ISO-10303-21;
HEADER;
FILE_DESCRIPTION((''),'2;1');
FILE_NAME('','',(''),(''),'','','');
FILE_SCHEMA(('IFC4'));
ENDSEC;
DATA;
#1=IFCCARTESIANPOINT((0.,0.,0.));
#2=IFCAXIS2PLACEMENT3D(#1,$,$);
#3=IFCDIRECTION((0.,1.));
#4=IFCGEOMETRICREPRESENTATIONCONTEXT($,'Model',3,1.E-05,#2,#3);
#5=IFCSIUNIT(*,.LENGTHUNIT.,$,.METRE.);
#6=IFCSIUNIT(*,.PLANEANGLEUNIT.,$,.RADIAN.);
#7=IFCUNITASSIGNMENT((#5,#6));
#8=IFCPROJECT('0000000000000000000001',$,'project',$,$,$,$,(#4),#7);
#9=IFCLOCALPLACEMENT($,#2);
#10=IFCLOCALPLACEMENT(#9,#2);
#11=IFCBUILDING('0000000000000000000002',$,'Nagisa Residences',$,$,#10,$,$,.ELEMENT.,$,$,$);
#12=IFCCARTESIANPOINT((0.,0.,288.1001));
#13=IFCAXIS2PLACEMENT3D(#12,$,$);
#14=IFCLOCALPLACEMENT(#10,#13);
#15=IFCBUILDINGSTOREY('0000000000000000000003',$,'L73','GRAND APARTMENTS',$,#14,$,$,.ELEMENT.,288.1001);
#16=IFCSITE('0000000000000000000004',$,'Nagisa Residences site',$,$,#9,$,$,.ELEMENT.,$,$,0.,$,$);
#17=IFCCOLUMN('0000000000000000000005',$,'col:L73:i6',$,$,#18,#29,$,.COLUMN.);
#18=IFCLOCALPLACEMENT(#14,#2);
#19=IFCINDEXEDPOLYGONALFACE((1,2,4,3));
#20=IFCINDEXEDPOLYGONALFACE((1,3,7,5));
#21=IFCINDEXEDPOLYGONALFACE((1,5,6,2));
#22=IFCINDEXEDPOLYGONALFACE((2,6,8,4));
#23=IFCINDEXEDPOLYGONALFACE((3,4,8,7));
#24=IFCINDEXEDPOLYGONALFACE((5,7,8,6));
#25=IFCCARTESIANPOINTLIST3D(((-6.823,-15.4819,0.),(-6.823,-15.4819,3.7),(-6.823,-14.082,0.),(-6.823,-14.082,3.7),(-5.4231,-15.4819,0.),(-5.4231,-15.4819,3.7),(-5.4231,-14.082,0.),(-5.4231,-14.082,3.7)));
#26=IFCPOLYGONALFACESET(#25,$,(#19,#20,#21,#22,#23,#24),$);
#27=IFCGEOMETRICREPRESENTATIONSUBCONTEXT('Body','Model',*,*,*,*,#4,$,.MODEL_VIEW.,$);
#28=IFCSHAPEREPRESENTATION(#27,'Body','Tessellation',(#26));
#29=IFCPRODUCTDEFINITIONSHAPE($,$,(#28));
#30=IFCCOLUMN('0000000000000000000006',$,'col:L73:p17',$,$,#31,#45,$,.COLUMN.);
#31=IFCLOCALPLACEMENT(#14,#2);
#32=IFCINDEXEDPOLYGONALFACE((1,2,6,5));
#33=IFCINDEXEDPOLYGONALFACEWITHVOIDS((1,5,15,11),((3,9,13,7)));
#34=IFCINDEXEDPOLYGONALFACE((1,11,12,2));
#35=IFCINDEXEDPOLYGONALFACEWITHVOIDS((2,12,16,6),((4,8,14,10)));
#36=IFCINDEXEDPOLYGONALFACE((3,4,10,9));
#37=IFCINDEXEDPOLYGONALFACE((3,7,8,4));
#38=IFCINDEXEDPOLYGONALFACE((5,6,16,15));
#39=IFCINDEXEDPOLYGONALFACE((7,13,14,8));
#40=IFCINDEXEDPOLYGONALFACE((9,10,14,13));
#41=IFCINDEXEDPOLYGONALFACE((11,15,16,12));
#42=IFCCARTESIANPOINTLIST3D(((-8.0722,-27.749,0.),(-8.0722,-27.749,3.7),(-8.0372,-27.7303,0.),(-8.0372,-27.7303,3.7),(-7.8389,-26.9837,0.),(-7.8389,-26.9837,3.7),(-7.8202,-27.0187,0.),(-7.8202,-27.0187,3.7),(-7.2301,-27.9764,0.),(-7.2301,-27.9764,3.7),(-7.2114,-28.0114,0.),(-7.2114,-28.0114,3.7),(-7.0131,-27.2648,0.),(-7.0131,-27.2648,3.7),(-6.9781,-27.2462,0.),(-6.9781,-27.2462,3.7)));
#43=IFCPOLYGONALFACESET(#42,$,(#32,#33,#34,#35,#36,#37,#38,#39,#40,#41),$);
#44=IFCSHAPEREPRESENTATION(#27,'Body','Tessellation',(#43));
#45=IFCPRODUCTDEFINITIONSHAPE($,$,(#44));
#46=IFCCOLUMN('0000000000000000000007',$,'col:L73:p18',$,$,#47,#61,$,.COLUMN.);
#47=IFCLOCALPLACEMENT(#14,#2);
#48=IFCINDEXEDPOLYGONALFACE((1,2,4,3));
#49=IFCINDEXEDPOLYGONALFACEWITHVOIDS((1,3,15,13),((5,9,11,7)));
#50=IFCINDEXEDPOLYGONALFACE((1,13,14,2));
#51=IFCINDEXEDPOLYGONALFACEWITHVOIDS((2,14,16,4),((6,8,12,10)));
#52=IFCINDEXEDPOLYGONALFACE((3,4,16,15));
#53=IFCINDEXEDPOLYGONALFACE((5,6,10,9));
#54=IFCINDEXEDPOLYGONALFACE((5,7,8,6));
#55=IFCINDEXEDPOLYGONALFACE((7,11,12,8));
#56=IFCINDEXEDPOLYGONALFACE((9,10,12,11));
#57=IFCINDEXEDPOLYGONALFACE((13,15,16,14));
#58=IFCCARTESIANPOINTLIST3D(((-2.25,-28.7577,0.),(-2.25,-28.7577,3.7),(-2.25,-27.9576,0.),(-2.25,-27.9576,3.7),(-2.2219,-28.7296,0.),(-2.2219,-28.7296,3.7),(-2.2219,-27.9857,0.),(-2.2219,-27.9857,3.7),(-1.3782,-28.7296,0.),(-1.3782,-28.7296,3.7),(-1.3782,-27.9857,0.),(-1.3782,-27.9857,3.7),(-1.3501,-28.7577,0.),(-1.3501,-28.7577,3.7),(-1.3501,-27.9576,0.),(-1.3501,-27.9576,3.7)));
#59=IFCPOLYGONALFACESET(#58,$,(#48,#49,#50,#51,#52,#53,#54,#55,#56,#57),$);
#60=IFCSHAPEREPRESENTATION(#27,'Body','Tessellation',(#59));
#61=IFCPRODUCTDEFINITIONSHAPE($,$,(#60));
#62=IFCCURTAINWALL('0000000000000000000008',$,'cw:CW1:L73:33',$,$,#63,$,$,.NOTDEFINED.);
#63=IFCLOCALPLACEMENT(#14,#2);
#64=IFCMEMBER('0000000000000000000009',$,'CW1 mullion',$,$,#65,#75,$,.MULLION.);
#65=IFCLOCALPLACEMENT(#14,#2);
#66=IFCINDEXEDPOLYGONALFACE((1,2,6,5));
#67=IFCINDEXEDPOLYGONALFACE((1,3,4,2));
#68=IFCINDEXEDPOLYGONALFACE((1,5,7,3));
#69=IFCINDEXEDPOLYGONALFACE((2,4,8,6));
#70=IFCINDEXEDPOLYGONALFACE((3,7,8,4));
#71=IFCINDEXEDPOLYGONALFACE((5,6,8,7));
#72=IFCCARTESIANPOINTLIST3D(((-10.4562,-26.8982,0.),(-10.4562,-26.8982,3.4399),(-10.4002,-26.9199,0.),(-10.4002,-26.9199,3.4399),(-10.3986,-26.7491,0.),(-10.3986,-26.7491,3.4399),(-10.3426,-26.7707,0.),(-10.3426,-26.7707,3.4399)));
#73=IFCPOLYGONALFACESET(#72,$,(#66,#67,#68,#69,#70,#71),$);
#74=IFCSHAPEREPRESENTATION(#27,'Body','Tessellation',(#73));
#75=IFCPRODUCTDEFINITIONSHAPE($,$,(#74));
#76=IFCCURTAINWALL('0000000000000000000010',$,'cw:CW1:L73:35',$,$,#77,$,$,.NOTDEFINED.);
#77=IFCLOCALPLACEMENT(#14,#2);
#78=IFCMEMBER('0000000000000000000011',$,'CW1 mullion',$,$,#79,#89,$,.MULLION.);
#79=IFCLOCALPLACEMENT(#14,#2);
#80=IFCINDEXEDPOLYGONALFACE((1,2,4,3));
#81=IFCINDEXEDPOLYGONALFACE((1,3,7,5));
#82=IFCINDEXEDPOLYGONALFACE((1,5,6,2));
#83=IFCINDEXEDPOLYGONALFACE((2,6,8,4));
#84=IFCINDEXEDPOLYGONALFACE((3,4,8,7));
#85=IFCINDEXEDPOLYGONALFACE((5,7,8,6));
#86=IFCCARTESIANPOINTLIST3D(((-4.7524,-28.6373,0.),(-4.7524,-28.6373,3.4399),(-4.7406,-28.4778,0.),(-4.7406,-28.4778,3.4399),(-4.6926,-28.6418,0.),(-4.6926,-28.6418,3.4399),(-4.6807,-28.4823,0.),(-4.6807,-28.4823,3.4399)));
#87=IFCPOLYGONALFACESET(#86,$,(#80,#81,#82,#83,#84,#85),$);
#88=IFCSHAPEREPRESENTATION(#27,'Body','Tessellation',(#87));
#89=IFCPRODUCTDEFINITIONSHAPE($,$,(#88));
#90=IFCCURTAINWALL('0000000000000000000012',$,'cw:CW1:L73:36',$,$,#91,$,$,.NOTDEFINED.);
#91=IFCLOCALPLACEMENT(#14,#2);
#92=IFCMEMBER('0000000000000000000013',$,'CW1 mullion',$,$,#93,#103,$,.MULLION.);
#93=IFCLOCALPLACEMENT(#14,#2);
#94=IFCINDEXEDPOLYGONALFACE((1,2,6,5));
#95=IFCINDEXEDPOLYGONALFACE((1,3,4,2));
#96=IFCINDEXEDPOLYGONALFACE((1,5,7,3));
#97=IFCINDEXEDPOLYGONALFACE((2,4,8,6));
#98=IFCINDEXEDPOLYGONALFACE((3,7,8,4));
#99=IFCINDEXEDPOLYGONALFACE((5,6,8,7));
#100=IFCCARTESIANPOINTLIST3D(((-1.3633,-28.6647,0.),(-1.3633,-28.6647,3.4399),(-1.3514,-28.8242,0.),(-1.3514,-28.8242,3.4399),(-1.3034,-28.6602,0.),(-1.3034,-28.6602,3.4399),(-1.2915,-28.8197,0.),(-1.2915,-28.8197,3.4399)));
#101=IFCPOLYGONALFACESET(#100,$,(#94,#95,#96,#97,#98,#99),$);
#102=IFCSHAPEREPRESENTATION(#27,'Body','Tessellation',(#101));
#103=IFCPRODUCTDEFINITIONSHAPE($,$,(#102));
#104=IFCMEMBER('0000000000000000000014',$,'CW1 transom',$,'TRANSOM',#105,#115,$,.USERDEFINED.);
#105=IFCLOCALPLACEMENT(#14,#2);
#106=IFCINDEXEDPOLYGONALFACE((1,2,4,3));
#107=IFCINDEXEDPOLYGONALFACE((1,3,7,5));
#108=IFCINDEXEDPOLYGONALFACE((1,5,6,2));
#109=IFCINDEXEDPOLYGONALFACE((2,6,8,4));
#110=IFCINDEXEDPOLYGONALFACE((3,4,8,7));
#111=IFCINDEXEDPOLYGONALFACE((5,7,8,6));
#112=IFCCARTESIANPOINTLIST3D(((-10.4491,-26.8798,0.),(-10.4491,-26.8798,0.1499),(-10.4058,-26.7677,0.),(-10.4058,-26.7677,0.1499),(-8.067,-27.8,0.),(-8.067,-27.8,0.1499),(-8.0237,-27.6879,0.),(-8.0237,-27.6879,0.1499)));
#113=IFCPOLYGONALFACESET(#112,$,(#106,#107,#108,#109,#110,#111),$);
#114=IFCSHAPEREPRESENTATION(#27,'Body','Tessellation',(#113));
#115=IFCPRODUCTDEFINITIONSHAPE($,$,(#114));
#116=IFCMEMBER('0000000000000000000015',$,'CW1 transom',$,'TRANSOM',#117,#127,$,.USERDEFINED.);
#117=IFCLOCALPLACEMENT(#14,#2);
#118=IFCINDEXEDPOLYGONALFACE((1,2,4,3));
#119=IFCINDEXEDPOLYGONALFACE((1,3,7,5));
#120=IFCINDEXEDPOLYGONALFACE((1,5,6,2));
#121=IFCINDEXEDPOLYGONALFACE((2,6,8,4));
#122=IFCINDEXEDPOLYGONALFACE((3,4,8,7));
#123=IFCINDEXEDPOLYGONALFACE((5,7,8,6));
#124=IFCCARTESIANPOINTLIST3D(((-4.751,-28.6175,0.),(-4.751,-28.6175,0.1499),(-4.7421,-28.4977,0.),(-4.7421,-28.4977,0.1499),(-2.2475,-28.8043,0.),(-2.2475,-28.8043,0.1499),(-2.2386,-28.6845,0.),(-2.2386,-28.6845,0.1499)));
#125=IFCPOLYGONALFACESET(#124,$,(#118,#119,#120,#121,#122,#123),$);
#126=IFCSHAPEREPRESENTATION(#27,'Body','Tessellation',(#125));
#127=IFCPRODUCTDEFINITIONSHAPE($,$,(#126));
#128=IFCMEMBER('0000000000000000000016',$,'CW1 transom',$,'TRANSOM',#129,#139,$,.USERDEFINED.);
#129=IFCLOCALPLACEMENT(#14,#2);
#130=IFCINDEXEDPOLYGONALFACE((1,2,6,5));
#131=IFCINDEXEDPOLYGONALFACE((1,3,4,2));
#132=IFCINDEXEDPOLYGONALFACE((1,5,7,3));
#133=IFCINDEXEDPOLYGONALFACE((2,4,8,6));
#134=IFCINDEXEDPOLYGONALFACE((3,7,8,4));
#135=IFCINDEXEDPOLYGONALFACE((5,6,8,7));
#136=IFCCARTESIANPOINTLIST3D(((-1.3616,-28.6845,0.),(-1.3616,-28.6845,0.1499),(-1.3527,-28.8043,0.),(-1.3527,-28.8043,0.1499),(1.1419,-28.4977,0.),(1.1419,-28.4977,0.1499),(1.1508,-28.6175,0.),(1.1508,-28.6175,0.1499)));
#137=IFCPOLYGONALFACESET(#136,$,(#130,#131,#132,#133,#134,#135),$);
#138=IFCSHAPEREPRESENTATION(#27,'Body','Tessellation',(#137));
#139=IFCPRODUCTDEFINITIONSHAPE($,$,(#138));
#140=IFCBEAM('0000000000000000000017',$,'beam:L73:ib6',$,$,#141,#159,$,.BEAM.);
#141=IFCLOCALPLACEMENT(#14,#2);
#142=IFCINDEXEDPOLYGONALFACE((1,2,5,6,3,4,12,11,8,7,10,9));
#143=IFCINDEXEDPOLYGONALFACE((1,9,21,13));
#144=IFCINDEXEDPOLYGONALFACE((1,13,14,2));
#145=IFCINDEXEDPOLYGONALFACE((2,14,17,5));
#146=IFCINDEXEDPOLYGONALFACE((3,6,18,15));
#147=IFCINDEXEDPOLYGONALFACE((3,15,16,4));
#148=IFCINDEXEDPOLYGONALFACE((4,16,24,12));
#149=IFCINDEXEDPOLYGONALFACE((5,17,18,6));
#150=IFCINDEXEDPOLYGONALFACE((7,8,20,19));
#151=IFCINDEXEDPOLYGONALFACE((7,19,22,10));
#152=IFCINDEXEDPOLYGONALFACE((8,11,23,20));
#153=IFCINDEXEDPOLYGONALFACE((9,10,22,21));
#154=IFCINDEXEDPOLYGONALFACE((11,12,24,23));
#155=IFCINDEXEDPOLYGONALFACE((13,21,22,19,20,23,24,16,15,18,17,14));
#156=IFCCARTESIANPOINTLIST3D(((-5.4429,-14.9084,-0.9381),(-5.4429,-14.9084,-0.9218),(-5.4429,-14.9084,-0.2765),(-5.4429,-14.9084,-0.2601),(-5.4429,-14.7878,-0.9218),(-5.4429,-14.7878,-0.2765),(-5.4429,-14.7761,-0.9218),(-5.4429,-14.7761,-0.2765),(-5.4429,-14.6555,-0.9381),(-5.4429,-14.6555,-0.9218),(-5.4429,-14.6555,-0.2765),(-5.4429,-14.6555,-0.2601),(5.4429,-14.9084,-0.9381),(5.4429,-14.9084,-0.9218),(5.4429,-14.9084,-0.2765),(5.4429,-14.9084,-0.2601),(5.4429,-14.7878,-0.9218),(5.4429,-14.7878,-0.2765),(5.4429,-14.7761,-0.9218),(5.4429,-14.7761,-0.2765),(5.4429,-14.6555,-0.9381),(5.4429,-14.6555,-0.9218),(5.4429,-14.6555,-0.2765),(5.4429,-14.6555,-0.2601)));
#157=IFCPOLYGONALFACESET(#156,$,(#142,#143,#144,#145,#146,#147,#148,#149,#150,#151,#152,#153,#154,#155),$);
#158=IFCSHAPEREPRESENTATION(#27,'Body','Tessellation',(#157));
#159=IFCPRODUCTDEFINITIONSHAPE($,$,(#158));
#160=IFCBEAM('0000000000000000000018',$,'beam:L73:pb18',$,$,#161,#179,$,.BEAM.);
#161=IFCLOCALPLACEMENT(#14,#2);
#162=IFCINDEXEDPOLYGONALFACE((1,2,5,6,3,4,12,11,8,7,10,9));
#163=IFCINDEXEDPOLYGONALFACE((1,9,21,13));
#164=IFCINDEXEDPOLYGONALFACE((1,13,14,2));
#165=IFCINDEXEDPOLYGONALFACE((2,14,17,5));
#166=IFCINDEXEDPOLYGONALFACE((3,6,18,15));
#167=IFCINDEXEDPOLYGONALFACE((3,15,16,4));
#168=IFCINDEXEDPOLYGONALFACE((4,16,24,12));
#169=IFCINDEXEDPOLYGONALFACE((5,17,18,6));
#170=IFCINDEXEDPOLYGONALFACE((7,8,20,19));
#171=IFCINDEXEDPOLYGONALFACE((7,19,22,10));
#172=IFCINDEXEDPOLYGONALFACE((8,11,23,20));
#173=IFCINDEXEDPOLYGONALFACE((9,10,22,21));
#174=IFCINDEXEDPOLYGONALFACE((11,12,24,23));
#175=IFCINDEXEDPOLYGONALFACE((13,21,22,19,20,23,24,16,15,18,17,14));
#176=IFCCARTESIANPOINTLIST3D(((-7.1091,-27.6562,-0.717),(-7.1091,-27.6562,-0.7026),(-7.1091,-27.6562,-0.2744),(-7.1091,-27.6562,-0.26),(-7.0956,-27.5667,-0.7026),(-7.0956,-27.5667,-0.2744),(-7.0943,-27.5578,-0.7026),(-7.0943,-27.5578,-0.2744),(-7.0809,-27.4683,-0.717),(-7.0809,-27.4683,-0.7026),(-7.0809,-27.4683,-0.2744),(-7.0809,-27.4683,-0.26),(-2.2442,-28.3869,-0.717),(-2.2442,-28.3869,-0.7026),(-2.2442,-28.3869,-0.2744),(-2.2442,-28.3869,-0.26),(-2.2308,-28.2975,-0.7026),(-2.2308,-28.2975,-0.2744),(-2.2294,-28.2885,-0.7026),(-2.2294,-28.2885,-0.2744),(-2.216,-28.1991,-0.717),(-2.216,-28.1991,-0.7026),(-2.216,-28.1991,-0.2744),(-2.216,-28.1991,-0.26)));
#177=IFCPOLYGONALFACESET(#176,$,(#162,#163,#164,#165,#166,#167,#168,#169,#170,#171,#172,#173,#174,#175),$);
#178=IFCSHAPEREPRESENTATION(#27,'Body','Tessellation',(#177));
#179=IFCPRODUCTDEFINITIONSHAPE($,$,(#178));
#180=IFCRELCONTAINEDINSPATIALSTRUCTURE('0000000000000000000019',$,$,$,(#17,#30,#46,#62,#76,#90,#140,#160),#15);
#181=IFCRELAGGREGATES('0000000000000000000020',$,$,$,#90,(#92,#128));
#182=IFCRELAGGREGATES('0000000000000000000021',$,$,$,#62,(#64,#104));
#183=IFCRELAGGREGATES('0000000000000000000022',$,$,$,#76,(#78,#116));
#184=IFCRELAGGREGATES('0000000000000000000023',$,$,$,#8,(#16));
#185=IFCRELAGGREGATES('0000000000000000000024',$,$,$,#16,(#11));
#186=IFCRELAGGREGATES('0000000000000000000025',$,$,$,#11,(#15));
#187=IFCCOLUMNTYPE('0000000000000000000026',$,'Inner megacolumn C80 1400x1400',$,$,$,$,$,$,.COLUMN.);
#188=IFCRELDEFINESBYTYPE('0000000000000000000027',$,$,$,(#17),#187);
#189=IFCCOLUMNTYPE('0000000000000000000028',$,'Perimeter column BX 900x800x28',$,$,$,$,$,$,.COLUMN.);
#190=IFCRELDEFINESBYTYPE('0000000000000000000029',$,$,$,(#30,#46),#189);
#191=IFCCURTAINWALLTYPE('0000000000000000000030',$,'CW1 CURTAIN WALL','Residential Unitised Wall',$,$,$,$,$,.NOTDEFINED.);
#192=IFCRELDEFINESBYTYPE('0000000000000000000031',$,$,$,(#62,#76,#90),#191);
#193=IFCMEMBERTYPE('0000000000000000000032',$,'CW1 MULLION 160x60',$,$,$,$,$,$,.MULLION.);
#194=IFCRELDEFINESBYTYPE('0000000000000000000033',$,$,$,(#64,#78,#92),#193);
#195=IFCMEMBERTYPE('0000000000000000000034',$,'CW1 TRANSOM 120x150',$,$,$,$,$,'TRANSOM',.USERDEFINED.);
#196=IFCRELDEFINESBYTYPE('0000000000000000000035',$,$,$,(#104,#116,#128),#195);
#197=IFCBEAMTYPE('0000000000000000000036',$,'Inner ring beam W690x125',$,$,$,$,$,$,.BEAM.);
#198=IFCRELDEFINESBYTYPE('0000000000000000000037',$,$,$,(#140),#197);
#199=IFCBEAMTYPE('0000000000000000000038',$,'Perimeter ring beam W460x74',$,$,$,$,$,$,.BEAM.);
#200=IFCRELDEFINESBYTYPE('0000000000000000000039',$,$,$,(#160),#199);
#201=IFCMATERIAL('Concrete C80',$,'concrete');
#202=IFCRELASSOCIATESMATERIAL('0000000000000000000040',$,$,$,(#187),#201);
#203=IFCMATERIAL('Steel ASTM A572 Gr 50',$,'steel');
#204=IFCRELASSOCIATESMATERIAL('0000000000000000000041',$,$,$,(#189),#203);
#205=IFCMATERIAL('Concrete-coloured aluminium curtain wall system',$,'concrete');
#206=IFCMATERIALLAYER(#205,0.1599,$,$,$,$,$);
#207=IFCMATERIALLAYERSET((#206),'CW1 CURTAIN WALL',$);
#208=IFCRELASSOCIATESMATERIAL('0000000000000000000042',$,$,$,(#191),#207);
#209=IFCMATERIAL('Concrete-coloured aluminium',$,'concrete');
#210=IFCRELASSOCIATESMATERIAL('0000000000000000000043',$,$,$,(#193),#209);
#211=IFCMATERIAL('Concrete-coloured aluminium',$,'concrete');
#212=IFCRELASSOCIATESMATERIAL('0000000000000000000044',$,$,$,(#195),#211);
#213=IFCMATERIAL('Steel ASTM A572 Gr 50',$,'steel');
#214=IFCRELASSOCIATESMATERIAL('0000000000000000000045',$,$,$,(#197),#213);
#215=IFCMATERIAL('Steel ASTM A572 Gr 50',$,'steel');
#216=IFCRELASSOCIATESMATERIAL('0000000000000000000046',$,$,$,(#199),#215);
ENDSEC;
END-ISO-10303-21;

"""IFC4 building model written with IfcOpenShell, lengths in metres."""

from ifc_helpers import new_model, si_unit, direction, frame, origin, origin_2d, place, context, subcontext, project, spatial, rectangle, hollow_rectangle, i_section, extrude, material, layer, layer_set, material_profile, profile_set, type_object, element, aggregate, save


model = new_model("IFC4")

# Units and contexts
model_context = context("Model", 3, precision=1e-05, world=origin(), true_north=direction((0.0, 1.0)))
body_context = subcontext(model_context, "Body", "Model", "MODEL_VIEW")
ifc_project = project(units=[si_unit("LENGTHUNIT", "METRE"), si_unit("PLANEANGLEUNIT", "RADIAN")], contexts=[model_context])

# Site, building, storey
site_placement = place(None, origin())
site = spatial("IfcSite", under=ifc_project, at=site_placement, Name="Nagisa Residences site", CompositionType="ELEMENT", RefElevation=0.0)
building_placement = place(site_placement, origin())
building = spatial("IfcBuilding", under=site, at=building_placement, Name="Nagisa Residences", CompositionType="ELEMENT")
storey_placement = place(building_placement, frame((0.0, 0.0, 288.1001)))
storey = spatial("IfcBuildingStorey", under=building, at=storey_placement, Name="L73", Description="GRAND APARTMENTS", CompositionType="ELEMENT", Elevation=288.1001)

# Columns
ifc_material_1 = material(Name="Concrete C80", Category="concrete")
ifc_material_profile_1 = material_profile(ifc_material_1, rectangle(XDim=1.3999, YDim=1.3999, at=origin_2d()), Name="C80 1400x1400")
ifc_profile_set_1 = profile_set([ifc_material_profile_1], Name="Concrete C80")
column_type_1 = type_object("IfcColumnType", Name="Inner megacolumn C80 1400x1400", PredefinedType="COLUMN", material=ifc_profile_set_1)
column_placement = place(storey_placement, frame((-6.123, -14.782, 0.0), z_axis=(0.0, 0.0, 1.0), x_axis=(1.0, 0.0, 0.0)))
element("IfcColumn", 1, at=column_placement, inside=storey, type_object=column_type_1, Name="col:L73:i6", PredefinedType="COLUMN", context=body_context, shape_type="SweptSolid", body=[
    extrude(rectangle(XDim=1.3999, YDim=1.3999, at=origin_2d()), origin(), (0.0, 0.0, 1.0), 3.7),
])
ifc_material_2 = material(Name="Steel ASTM A572 Gr 50", Category="steel")
ifc_material_profile_2 = material_profile(ifc_material_2, hollow_rectangle(XDim=0.8999, YDim=0.8, WallThickness=0.0281, at=origin_2d()), Name="BX 900x800x28")
ifc_profile_set_2 = profile_set([ifc_material_profile_2], Name="Steel ASTM A572 Gr 50")
column_type_2 = type_object("IfcColumnType", Name="Perimeter column BX 900x800x28", PredefinedType="COLUMN", material=ifc_profile_set_2)
for number, where, z_axis, x_axis, name in (
    (2, (-7.5251, -27.4976, 0.0), (0.0, 0.0, 1.0), (0.956525, -0.291652, 0.0), "col:L73:p17"),
    (3, (-1.8, -28.3577, 0.0), (0.0, 0.0, 1.0), (1.0, 0.0, 0.0), "col:L73:p18"),
):
    element("IfcColumn", number, at=place(storey_placement, frame(where, z_axis=z_axis, x_axis=x_axis)), inside=storey, type_object=column_type_2, Name=name, PredefinedType="COLUMN", context=body_context, shape_type="SweptSolid", body=[
        extrude(hollow_rectangle(XDim=0.8999, YDim=0.8, WallThickness=0.0281, at=origin_2d()), origin(), (0.0, 0.0, 1.0), 3.7),
    ])

# Curtain walls, members
ifc_material_3 = material(Name="Concrete-coloured aluminium curtain wall system", Category="concrete")
ifc_layer_1 = layer(ifc_material_3, 0.1599)
ifc_layer_set_1 = layer_set([ifc_layer_1], Name="CW1 CURTAIN WALL")
curtain_wall_type = type_object("IfcCurtainWallType", Name="CW1 CURTAIN WALL", Description="Residential Unitised Wall", PredefinedType="NOTDEFINED", material=ifc_layer_set_1)
curtain_wall_1_placement = place(storey_placement, origin())
curtain_wall_1 = element("IfcCurtainWall", 4, at=curtain_wall_1_placement, inside=storey, type_object=curtain_wall_type, Name="cw:CW1:L73:33", PredefinedType="NOTDEFINED")
ifc_material_4 = material(Name="Concrete-coloured aluminium", Category="concrete")
ifc_material_profile_3 = material_profile(ifc_material_4, rectangle(XDim=0.1599, YDim=0.0601, at=origin_2d()), Name="CW1 MULLION 160x60")
ifc_profile_set_3 = profile_set([ifc_material_profile_3], Name="Concrete-coloured aluminium")
member_type_1 = type_object("IfcMemberType", Name="CW1 MULLION 160x60", PredefinedType="MULLION", material=ifc_profile_set_3)
member_1_placement = place(storey_placement, frame((-10.3994, -26.8345, 0.0), z_axis=(0.0, 0.0, 1.0), x_axis=(0.360328, 0.932826, 0.0)))
member_1 = element("IfcMember", 5, at=member_1_placement, type_object=member_type_1, Name="CW1 mullion", PredefinedType="MULLION", context=body_context, shape_type="SweptSolid", body=[
    extrude(rectangle(XDim=0.1599, YDim=0.0601, at=origin_2d()), origin(), (0.0, 0.0, 1.0), 3.4399),
])
curtain_wall_2_placement = place(storey_placement, origin())
curtain_wall_2 = element("IfcCurtainWall", 6, at=curtain_wall_2_placement, inside=storey, type_object=curtain_wall_type, Name="cw:CW1:L73:35", PredefinedType="NOTDEFINED")
member_2_placement = place(storey_placement, frame((-4.7166, -28.5598, 0.0), z_axis=(0.0, 0.0, 1.0), x_axis=(0.074377, 0.99723, 0.0)))
member_2 = element("IfcMember", 7, at=member_2_placement, type_object=member_type_1, Name="CW1 mullion", PredefinedType="MULLION", context=body_context, shape_type="SweptSolid", body=[
    extrude(rectangle(XDim=0.1599, YDim=0.0601, at=origin_2d()), origin(), (0.0, 0.0, 1.0), 3.4399),
])
curtain_wall_3_placement = place(storey_placement, origin())
curtain_wall_3 = element("IfcCurtainWall", 8, at=curtain_wall_3_placement, inside=storey, type_object=curtain_wall_type, Name="cw:CW1:L73:36", PredefinedType="NOTDEFINED")
member_3_placement = place(storey_placement, frame((-1.3274, -28.7422, 0.0), z_axis=(0.0, 0.0, 1.0), x_axis=(-0.074377, 0.99723, 0.0)))
member_3 = element("IfcMember", 9, at=member_3_placement, type_object=member_type_1, Name="CW1 mullion", PredefinedType="MULLION", context=body_context, shape_type="SweptSolid", body=[
    extrude(rectangle(XDim=0.1599, YDim=0.0601, at=origin_2d()), origin(), (0.0, 0.0, 1.0), 3.4399),
])

# Members
ifc_material_5 = material(Name="Concrete-coloured aluminium", Category="concrete")
ifc_material_profile_4 = material_profile(ifc_material_5, rectangle(XDim=0.1201, YDim=0.1499, at=origin_2d()), Name="CW1 TRANSOM 120x150")
ifc_profile_set_4 = profile_set([ifc_material_profile_4], Name="Concrete-coloured aluminium")
member_type_2 = type_object("IfcMemberType", Name="CW1 TRANSOM 120x150", ElementType="TRANSOM", PredefinedType="USERDEFINED", material=ifc_profile_set_4)
member_4_placement = place(storey_placement, frame((-10.4275, -26.8237, 0.075), z_axis=(0.932822, -0.360337, 0.0), x_axis=(0.360337, 0.932822, 0.0)))
member_4 = element("IfcMember", 10, at=member_4_placement, type_object=member_type_2, Name="CW1 transom", ObjectType="TRANSOM", PredefinedType="USERDEFINED", context=body_context, shape_type="SweptSolid", body=[
    extrude(rectangle(XDim=0.1201, YDim=0.1499, at=origin_2d()), origin(), (0.0, 0.0, 1.0), 2.5537),
])
member_5_placement = place(storey_placement, frame((-4.7466, -28.5576, 0.075), z_axis=(0.997229, -0.074391, 0.0), x_axis=(0.074391, 0.997229, 0.0)))
member_5 = element("IfcMember", 11, at=member_5_placement, type_object=member_type_2, Name="CW1 transom", ObjectType="TRANSOM", PredefinedType="USERDEFINED", context=body_context, shape_type="SweptSolid", body=[
    extrude(rectangle(XDim=0.1201, YDim=0.1499, at=origin_2d()), origin(), (0.0, 0.0, 1.0), 2.5105),
])
member_6_placement = place(storey_placement, frame((-1.3572, -28.7444, 0.075), z_axis=(0.997229, 0.074391, 0.0), x_axis=(-0.074391, 0.997229, 0.0)))
member_6 = element("IfcMember", 12, at=member_6_placement, type_object=member_type_2, Name="CW1 transom", ObjectType="TRANSOM", PredefinedType="USERDEFINED", context=body_context, shape_type="SweptSolid", body=[
    extrude(rectangle(XDim=0.1201, YDim=0.1499, at=origin_2d()), origin(), (0.0, 0.0, 1.0), 2.5105),
])
aggregate(curtain_wall_3, [member_3, member_6])

# Beams
ifc_material_6 = material(Name="Steel ASTM A572 Gr 50", Category="steel")
ifc_material_profile_5 = material_profile(ifc_material_6, i_section(OverallWidth=0.2529, OverallDepth=0.678, WebThickness=0.0117, FlangeThickness=0.0164, at=origin_2d()), Name="W690x125")
ifc_profile_set_5 = profile_set([ifc_material_profile_5], Name="Steel ASTM A572 Gr 50")
beam_type_1 = type_object("IfcBeamType", Name="Inner ring beam W690x125", PredefinedType="BEAM", material=ifc_profile_set_5)
beam_1_placement = place(storey_placement, frame((-5.4429, -14.782, -0.5991), z_axis=(1.0, 0.0, 0.0), x_axis=(0.0, 1.0, 0.0)))
element("IfcBeam", 13, at=beam_1_placement, inside=storey, type_object=beam_type_1, Name="beam:L73:ib6", PredefinedType="BEAM", context=body_context, shape_type="SweptSolid", body=[
    extrude(i_section(OverallWidth=0.2529, OverallDepth=0.678, WebThickness=0.0117, FlangeThickness=0.0164, at=origin_2d()), origin(), (0.0, 0.0, 1.0), 10.8857),
])
ifc_material_7 = material(Name="Steel ASTM A572 Gr 50", Category="steel")
ifc_material_profile_6 = material_profile(ifc_material_7, i_section(OverallWidth=0.1899, OverallDepth=0.457, WebThickness=0.009, FlangeThickness=0.0144, at=origin_2d()), Name="W460x74")
ifc_profile_set_6 = profile_set([ifc_material_profile_6], Name="Steel ASTM A572 Gr 50")
beam_type_2 = type_object("IfcBeamType", Name="Perimeter ring beam W460x74", PredefinedType="BEAM", material=ifc_profile_set_6)
beam_2_placement = place(storey_placement, frame((-7.095, -27.5623, -0.4885), z_axis=(0.988906, -0.148539, 0.0), x_axis=(0.148539, 0.988906, 0.0)))
element("IfcBeam", 14, at=beam_2_placement, inside=storey, type_object=beam_type_2, Name="beam:L73:pb18", PredefinedType="BEAM", context=body_context, shape_type="SweptSolid", body=[
    extrude(i_section(OverallWidth=0.1899, OverallDepth=0.457, WebThickness=0.009, FlangeThickness=0.0144, at=origin_2d()), origin(), (0.0, 0.0, 1.0), 4.9194),
])

aggregate(curtain_wall_1, [member_1, member_4])
aggregate(curtain_wall_2, [member_2, member_5])

save(model, "model.ifc")
